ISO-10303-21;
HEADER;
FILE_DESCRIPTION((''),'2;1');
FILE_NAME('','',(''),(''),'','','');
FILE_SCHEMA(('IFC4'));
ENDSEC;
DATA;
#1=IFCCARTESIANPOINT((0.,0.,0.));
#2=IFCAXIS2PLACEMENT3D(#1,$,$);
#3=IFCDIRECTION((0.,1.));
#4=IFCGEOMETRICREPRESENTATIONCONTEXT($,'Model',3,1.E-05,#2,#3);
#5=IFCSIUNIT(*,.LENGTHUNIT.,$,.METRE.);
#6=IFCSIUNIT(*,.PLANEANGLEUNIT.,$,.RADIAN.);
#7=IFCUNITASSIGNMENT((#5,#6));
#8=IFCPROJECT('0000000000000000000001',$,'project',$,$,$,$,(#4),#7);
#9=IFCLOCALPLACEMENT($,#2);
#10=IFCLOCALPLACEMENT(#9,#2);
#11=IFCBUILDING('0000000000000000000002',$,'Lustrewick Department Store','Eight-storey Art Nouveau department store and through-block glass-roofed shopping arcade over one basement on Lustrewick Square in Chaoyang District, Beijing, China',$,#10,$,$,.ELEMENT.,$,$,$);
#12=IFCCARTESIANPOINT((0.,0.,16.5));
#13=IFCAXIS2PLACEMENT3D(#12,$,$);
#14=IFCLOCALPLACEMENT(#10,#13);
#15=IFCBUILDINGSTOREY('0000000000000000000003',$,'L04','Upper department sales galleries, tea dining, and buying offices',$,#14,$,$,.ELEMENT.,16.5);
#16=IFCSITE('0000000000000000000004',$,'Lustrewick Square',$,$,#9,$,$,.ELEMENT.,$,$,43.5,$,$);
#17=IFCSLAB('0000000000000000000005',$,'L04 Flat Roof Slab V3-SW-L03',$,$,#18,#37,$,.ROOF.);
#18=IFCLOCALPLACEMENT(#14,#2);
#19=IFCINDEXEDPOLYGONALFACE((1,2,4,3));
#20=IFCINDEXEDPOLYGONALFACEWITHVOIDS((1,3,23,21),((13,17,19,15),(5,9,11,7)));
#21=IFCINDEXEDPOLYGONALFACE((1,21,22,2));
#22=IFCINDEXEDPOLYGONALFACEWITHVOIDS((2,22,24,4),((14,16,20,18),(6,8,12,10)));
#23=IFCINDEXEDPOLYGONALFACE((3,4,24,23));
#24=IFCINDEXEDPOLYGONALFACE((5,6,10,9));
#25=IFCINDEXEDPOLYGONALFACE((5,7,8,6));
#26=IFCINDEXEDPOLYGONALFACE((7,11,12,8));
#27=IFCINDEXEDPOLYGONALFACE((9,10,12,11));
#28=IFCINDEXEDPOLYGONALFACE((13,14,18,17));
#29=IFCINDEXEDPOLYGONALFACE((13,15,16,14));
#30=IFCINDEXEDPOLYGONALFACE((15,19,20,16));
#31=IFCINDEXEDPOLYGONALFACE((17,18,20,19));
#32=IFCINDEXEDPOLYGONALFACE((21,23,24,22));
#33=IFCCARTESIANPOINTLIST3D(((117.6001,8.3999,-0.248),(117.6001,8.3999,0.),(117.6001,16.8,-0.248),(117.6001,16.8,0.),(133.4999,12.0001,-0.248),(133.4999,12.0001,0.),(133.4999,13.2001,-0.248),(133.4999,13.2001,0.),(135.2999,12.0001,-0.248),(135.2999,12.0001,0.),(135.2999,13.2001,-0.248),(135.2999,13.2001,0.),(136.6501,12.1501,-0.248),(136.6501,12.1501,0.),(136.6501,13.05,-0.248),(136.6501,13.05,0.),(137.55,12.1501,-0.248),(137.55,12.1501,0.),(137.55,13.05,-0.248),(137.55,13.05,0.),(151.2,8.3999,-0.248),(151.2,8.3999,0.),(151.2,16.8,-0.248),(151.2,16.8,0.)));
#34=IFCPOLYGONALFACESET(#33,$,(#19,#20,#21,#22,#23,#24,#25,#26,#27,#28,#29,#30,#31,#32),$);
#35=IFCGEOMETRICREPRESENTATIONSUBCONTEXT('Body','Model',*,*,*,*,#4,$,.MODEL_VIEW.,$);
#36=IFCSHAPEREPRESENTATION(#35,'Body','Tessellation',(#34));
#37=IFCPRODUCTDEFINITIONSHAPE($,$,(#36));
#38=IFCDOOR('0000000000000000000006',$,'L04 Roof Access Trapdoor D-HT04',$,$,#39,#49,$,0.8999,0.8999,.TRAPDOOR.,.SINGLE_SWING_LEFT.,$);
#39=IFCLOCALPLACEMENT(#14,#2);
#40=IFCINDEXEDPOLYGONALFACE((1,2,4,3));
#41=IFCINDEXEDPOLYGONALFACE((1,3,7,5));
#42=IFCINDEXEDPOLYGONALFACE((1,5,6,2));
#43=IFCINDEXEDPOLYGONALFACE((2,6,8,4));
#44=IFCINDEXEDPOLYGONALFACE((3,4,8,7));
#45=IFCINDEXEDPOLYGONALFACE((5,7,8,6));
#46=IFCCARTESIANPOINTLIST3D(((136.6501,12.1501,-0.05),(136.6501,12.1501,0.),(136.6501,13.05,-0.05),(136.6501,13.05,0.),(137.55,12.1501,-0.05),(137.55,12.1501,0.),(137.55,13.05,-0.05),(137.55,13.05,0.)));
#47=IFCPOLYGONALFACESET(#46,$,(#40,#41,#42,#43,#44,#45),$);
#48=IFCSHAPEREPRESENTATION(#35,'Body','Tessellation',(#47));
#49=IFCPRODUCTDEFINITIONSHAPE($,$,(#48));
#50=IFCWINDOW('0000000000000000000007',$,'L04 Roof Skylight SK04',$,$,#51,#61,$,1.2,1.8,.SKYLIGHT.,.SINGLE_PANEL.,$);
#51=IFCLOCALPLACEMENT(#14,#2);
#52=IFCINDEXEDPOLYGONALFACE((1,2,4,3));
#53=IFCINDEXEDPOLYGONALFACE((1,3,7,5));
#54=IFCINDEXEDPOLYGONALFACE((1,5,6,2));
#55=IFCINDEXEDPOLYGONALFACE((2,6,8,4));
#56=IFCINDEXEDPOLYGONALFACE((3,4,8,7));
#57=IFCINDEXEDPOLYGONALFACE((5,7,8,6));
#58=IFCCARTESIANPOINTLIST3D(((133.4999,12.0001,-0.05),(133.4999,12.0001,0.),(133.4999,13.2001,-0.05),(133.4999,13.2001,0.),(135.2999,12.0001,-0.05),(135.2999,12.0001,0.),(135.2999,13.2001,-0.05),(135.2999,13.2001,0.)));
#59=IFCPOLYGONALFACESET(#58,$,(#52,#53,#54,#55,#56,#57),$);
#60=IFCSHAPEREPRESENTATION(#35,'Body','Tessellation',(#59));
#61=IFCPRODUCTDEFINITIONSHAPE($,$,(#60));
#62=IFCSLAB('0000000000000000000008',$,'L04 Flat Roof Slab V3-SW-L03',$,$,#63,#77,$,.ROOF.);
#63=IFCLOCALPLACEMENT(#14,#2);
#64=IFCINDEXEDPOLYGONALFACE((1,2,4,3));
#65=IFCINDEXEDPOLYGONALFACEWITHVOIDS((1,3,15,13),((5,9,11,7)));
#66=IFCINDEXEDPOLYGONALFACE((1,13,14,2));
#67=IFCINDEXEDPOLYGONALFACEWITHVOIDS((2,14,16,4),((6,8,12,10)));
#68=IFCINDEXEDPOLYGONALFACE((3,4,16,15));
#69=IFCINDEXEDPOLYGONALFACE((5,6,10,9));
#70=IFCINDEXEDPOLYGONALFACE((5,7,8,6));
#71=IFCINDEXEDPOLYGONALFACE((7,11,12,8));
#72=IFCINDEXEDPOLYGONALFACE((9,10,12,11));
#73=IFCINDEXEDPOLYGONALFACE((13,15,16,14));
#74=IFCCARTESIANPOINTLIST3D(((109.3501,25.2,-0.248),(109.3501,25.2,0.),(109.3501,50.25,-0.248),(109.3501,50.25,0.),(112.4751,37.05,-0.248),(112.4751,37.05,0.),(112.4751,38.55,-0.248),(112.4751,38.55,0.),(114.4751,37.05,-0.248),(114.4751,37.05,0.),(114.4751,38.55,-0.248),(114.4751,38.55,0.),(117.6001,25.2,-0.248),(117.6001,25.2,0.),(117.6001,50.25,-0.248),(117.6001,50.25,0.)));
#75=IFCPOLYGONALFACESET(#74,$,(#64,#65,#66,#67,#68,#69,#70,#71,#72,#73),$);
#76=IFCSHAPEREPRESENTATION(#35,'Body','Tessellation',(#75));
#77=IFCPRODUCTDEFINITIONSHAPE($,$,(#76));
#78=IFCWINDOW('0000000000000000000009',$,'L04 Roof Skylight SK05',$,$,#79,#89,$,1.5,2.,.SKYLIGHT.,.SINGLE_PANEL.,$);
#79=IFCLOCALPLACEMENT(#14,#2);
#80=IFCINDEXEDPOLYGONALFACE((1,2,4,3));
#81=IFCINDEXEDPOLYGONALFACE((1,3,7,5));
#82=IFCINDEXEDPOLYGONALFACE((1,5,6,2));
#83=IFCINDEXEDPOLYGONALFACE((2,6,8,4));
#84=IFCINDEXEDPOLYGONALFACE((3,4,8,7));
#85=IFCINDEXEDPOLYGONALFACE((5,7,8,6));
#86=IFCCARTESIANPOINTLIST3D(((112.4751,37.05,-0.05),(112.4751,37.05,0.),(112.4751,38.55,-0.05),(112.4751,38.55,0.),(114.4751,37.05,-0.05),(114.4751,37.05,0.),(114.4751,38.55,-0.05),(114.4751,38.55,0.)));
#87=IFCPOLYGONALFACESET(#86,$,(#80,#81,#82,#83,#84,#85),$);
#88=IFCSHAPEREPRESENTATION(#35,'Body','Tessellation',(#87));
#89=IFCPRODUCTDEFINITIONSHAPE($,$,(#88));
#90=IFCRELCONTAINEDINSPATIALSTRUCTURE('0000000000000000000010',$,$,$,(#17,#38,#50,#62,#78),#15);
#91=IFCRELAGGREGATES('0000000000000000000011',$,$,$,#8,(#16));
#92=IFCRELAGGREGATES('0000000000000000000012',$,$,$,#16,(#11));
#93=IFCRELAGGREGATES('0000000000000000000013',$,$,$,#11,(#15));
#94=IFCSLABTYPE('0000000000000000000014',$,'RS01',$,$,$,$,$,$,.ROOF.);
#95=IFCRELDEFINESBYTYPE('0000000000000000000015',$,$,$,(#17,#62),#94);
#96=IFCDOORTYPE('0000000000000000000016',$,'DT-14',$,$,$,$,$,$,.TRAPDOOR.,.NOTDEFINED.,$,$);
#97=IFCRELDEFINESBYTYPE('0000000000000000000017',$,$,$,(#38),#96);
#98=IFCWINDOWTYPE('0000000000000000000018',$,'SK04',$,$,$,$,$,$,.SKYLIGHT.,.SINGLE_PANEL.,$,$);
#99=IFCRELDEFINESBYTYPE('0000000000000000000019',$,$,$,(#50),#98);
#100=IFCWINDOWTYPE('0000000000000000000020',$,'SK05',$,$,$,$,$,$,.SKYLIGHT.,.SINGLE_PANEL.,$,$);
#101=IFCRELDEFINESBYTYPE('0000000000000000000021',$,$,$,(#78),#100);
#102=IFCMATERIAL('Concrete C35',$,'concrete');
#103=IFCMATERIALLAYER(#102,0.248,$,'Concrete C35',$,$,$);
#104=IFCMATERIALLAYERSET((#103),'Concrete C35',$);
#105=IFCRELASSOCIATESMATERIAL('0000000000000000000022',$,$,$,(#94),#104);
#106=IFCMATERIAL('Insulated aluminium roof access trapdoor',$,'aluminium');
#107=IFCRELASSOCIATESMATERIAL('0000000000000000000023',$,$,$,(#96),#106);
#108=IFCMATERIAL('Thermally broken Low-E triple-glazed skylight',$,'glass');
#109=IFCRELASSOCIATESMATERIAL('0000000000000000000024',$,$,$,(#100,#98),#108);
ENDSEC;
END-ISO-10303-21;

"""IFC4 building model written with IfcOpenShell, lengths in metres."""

from ifc_helpers import new_model, si_unit, direction, frame, origin, origin_2d, place, context, subcontext, project, spatial, polyline, rectangle, outline, extrude, material, layer, layer_set, type_object, element, fill, save


model = new_model("IFC4")

# Units and contexts
model_context = context("Model", 3, precision=1e-05, world=origin(), true_north=direction((0.0, 1.0)))
body_context = subcontext(model_context, "Body", "Model", "MODEL_VIEW")
ifc_project = project(units=[si_unit("LENGTHUNIT", "METRE"), si_unit("PLANEANGLEUNIT", "RADIAN")], contexts=[model_context])

# Site, building, storey
site_placement = place(None, origin())
site = spatial("IfcSite", under=ifc_project, at=site_placement, Name="Lustrewick Square", CompositionType="ELEMENT", RefElevation=43.5)
building_placement = place(site_placement, origin())
building = spatial("IfcBuilding", under=site, at=building_placement, Name="Lustrewick Department Store", Description="Eight-storey Art Nouveau department store and through-block glass-roofed shopping arcade over one basement on Lustrewick Square in Chaoyang District, Beijing, China", CompositionType="ELEMENT")
storey_placement = place(building_placement, frame((0.0, 0.0, 16.5)))
storey = spatial("IfcBuildingStorey", under=building, at=storey_placement, Name="L04", Description="Upper department sales galleries, tea dining, and buying offices", CompositionType="ELEMENT", Elevation=16.5)

# Slab, openings, door, window
ifc_material_1 = material(Name="Concrete C35", Category="concrete")
ifc_layer_1 = layer(ifc_material_1, 0.248, Name="Concrete C35")
ifc_layer_set_1 = layer_set([ifc_layer_1], Name="Concrete C35")
slab_type_1 = type_object("IfcSlabType", Name="RS01", PredefinedType="ROOF", material=ifc_layer_set_1)
ifc_material_2 = material(Name="Insulated aluminium roof access trapdoor", Category="aluminium")
door_type = type_object("IfcDoorType", Name="DT-14", OperationType="NOTDEFINED", PredefinedType="TRAPDOOR", material=ifc_material_2)
ifc_material_3 = material(Name="Thermally broken Low-E triple-glazed skylight", Category="glass")
window_type_1 = type_object("IfcWindowType", Name="SK05", PartitioningType="SINGLE_PANEL", PredefinedType="SKYLIGHT", material=ifc_material_3)
slab_1_placement = place(storey_placement, frame((0.0, 0.0, -0.248)))
slab_1 = element("IfcSlab", 1, at=slab_1_placement, inside=storey, type_object=slab_type_1, Name="L04 Flat Roof Slab V3-SW-L03", PredefinedType="ROOF", context=body_context, shape_type="SweptSolid", body=[
    extrude(outline(polyline([(151.2, 8.3999), (151.2, 16.8), (117.6001, 16.8), (117.6001, 8.3999), (151.2, 8.3999)])), origin(), (0.0, 0.0, 1.0), 0.248),
])
opening_1_placement = place(slab_1_placement, frame((134.3999, 12.6001, -0.01)))
opening_1 = element("IfcOpeningElement", 2, at=opening_1_placement, cuts=slab_1, PredefinedType="OPENING", context=body_context, shape_type="SweptSolid", body=[
    extrude(rectangle(XDim=1.8, YDim=1.2, at=origin_2d()), origin(), (0.0, 0.0, 1.0), 0.2681),
])
opening_2_placement = place(slab_1_placement, frame((137.1001, 12.6001, -0.01)))
opening_2 = element("IfcOpeningElement", 3, at=opening_2_placement, cuts=slab_1, PredefinedType="OPENING", context=body_context, shape_type="SweptSolid", body=[
    extrude(rectangle(XDim=0.8999, YDim=0.8999, at=origin_2d()), origin(), (0.0, 0.0, 1.0), 0.2681),
])
door_1_placement = place(opening_2_placement, frame((0.0, 0.0, 0.208)))
door_1 = element("IfcDoor", 4, at=door_1_placement, inside=storey, type_object=door_type, Name="L04 Roof Access Trapdoor D-HT04", OperationType="SINGLE_SWING_LEFT", OverallHeight=0.8999, OverallWidth=0.8999, PredefinedType="TRAPDOOR", context=body_context, shape_type="SweptSolid", body=[
    extrude(rectangle(XDim=0.8999, YDim=0.8999, at=origin_2d()), origin(), (0.0, 0.0, 1.0), 0.05),
])
fill(opening_2, door_1)
window_type_2 = type_object("IfcWindowType", Name="SK04", PartitioningType="SINGLE_PANEL", PredefinedType="SKYLIGHT", material=ifc_material_3)
window_1_placement = place(opening_1_placement, frame((0.0, 0.0, 0.208)))
window_1 = element("IfcWindow", 5, at=window_1_placement, inside=storey, type_object=window_type_2, Name="L04 Roof Skylight SK04", OverallHeight=1.2, OverallWidth=1.8, PartitioningType="SINGLE_PANEL", PredefinedType="SKYLIGHT", context=body_context, shape_type="SweptSolid", body=[
    extrude(rectangle(XDim=1.8, YDim=1.2, at=origin_2d()), origin(), (0.0, 0.0, 1.0), 0.05),
])
fill(opening_1, window_1)

# Slab, opening, window
slab_2_placement = place(storey_placement, frame((0.0, 0.0, -0.248)))
slab_2 = element("IfcSlab", 6, at=slab_2_placement, inside=storey, type_object=slab_type_1, Name="L04 Flat Roof Slab V3-SW-L03", PredefinedType="ROOF", context=body_context, shape_type="SweptSolid", body=[
    extrude(outline(polyline([(117.6001, 25.2), (117.6001, 50.25), (109.3501, 50.25), (109.3501, 25.2), (117.6001, 25.2)])), origin(), (0.0, 0.0, 1.0), 0.248),
])
opening_3_placement = place(slab_2_placement, frame((113.4751, 37.8, -0.01)))
opening_3 = element("IfcOpeningElement", 7, at=opening_3_placement, cuts=slab_2, PredefinedType="OPENING", context=body_context, shape_type="SweptSolid", body=[
    extrude(rectangle(XDim=2.0, YDim=1.5, at=origin_2d()), origin(), (0.0, 0.0, 1.0), 0.2681),
])
window_2_placement = place(opening_3_placement, frame((0.0, 0.0, 0.208)))
window_2 = element("IfcWindow", 8, at=window_2_placement, inside=storey, type_object=window_type_1, Name="L04 Roof Skylight SK05", OverallHeight=1.5, OverallWidth=2.0, PartitioningType="SINGLE_PANEL", PredefinedType="SKYLIGHT", context=body_context, shape_type="SweptSolid", body=[
    extrude(rectangle(XDim=2.0, YDim=1.5, at=origin_2d()), origin(), (0.0, 0.0, 1.0), 0.05),
])
fill(opening_3, window_2)

save(model, "model.ifc")
